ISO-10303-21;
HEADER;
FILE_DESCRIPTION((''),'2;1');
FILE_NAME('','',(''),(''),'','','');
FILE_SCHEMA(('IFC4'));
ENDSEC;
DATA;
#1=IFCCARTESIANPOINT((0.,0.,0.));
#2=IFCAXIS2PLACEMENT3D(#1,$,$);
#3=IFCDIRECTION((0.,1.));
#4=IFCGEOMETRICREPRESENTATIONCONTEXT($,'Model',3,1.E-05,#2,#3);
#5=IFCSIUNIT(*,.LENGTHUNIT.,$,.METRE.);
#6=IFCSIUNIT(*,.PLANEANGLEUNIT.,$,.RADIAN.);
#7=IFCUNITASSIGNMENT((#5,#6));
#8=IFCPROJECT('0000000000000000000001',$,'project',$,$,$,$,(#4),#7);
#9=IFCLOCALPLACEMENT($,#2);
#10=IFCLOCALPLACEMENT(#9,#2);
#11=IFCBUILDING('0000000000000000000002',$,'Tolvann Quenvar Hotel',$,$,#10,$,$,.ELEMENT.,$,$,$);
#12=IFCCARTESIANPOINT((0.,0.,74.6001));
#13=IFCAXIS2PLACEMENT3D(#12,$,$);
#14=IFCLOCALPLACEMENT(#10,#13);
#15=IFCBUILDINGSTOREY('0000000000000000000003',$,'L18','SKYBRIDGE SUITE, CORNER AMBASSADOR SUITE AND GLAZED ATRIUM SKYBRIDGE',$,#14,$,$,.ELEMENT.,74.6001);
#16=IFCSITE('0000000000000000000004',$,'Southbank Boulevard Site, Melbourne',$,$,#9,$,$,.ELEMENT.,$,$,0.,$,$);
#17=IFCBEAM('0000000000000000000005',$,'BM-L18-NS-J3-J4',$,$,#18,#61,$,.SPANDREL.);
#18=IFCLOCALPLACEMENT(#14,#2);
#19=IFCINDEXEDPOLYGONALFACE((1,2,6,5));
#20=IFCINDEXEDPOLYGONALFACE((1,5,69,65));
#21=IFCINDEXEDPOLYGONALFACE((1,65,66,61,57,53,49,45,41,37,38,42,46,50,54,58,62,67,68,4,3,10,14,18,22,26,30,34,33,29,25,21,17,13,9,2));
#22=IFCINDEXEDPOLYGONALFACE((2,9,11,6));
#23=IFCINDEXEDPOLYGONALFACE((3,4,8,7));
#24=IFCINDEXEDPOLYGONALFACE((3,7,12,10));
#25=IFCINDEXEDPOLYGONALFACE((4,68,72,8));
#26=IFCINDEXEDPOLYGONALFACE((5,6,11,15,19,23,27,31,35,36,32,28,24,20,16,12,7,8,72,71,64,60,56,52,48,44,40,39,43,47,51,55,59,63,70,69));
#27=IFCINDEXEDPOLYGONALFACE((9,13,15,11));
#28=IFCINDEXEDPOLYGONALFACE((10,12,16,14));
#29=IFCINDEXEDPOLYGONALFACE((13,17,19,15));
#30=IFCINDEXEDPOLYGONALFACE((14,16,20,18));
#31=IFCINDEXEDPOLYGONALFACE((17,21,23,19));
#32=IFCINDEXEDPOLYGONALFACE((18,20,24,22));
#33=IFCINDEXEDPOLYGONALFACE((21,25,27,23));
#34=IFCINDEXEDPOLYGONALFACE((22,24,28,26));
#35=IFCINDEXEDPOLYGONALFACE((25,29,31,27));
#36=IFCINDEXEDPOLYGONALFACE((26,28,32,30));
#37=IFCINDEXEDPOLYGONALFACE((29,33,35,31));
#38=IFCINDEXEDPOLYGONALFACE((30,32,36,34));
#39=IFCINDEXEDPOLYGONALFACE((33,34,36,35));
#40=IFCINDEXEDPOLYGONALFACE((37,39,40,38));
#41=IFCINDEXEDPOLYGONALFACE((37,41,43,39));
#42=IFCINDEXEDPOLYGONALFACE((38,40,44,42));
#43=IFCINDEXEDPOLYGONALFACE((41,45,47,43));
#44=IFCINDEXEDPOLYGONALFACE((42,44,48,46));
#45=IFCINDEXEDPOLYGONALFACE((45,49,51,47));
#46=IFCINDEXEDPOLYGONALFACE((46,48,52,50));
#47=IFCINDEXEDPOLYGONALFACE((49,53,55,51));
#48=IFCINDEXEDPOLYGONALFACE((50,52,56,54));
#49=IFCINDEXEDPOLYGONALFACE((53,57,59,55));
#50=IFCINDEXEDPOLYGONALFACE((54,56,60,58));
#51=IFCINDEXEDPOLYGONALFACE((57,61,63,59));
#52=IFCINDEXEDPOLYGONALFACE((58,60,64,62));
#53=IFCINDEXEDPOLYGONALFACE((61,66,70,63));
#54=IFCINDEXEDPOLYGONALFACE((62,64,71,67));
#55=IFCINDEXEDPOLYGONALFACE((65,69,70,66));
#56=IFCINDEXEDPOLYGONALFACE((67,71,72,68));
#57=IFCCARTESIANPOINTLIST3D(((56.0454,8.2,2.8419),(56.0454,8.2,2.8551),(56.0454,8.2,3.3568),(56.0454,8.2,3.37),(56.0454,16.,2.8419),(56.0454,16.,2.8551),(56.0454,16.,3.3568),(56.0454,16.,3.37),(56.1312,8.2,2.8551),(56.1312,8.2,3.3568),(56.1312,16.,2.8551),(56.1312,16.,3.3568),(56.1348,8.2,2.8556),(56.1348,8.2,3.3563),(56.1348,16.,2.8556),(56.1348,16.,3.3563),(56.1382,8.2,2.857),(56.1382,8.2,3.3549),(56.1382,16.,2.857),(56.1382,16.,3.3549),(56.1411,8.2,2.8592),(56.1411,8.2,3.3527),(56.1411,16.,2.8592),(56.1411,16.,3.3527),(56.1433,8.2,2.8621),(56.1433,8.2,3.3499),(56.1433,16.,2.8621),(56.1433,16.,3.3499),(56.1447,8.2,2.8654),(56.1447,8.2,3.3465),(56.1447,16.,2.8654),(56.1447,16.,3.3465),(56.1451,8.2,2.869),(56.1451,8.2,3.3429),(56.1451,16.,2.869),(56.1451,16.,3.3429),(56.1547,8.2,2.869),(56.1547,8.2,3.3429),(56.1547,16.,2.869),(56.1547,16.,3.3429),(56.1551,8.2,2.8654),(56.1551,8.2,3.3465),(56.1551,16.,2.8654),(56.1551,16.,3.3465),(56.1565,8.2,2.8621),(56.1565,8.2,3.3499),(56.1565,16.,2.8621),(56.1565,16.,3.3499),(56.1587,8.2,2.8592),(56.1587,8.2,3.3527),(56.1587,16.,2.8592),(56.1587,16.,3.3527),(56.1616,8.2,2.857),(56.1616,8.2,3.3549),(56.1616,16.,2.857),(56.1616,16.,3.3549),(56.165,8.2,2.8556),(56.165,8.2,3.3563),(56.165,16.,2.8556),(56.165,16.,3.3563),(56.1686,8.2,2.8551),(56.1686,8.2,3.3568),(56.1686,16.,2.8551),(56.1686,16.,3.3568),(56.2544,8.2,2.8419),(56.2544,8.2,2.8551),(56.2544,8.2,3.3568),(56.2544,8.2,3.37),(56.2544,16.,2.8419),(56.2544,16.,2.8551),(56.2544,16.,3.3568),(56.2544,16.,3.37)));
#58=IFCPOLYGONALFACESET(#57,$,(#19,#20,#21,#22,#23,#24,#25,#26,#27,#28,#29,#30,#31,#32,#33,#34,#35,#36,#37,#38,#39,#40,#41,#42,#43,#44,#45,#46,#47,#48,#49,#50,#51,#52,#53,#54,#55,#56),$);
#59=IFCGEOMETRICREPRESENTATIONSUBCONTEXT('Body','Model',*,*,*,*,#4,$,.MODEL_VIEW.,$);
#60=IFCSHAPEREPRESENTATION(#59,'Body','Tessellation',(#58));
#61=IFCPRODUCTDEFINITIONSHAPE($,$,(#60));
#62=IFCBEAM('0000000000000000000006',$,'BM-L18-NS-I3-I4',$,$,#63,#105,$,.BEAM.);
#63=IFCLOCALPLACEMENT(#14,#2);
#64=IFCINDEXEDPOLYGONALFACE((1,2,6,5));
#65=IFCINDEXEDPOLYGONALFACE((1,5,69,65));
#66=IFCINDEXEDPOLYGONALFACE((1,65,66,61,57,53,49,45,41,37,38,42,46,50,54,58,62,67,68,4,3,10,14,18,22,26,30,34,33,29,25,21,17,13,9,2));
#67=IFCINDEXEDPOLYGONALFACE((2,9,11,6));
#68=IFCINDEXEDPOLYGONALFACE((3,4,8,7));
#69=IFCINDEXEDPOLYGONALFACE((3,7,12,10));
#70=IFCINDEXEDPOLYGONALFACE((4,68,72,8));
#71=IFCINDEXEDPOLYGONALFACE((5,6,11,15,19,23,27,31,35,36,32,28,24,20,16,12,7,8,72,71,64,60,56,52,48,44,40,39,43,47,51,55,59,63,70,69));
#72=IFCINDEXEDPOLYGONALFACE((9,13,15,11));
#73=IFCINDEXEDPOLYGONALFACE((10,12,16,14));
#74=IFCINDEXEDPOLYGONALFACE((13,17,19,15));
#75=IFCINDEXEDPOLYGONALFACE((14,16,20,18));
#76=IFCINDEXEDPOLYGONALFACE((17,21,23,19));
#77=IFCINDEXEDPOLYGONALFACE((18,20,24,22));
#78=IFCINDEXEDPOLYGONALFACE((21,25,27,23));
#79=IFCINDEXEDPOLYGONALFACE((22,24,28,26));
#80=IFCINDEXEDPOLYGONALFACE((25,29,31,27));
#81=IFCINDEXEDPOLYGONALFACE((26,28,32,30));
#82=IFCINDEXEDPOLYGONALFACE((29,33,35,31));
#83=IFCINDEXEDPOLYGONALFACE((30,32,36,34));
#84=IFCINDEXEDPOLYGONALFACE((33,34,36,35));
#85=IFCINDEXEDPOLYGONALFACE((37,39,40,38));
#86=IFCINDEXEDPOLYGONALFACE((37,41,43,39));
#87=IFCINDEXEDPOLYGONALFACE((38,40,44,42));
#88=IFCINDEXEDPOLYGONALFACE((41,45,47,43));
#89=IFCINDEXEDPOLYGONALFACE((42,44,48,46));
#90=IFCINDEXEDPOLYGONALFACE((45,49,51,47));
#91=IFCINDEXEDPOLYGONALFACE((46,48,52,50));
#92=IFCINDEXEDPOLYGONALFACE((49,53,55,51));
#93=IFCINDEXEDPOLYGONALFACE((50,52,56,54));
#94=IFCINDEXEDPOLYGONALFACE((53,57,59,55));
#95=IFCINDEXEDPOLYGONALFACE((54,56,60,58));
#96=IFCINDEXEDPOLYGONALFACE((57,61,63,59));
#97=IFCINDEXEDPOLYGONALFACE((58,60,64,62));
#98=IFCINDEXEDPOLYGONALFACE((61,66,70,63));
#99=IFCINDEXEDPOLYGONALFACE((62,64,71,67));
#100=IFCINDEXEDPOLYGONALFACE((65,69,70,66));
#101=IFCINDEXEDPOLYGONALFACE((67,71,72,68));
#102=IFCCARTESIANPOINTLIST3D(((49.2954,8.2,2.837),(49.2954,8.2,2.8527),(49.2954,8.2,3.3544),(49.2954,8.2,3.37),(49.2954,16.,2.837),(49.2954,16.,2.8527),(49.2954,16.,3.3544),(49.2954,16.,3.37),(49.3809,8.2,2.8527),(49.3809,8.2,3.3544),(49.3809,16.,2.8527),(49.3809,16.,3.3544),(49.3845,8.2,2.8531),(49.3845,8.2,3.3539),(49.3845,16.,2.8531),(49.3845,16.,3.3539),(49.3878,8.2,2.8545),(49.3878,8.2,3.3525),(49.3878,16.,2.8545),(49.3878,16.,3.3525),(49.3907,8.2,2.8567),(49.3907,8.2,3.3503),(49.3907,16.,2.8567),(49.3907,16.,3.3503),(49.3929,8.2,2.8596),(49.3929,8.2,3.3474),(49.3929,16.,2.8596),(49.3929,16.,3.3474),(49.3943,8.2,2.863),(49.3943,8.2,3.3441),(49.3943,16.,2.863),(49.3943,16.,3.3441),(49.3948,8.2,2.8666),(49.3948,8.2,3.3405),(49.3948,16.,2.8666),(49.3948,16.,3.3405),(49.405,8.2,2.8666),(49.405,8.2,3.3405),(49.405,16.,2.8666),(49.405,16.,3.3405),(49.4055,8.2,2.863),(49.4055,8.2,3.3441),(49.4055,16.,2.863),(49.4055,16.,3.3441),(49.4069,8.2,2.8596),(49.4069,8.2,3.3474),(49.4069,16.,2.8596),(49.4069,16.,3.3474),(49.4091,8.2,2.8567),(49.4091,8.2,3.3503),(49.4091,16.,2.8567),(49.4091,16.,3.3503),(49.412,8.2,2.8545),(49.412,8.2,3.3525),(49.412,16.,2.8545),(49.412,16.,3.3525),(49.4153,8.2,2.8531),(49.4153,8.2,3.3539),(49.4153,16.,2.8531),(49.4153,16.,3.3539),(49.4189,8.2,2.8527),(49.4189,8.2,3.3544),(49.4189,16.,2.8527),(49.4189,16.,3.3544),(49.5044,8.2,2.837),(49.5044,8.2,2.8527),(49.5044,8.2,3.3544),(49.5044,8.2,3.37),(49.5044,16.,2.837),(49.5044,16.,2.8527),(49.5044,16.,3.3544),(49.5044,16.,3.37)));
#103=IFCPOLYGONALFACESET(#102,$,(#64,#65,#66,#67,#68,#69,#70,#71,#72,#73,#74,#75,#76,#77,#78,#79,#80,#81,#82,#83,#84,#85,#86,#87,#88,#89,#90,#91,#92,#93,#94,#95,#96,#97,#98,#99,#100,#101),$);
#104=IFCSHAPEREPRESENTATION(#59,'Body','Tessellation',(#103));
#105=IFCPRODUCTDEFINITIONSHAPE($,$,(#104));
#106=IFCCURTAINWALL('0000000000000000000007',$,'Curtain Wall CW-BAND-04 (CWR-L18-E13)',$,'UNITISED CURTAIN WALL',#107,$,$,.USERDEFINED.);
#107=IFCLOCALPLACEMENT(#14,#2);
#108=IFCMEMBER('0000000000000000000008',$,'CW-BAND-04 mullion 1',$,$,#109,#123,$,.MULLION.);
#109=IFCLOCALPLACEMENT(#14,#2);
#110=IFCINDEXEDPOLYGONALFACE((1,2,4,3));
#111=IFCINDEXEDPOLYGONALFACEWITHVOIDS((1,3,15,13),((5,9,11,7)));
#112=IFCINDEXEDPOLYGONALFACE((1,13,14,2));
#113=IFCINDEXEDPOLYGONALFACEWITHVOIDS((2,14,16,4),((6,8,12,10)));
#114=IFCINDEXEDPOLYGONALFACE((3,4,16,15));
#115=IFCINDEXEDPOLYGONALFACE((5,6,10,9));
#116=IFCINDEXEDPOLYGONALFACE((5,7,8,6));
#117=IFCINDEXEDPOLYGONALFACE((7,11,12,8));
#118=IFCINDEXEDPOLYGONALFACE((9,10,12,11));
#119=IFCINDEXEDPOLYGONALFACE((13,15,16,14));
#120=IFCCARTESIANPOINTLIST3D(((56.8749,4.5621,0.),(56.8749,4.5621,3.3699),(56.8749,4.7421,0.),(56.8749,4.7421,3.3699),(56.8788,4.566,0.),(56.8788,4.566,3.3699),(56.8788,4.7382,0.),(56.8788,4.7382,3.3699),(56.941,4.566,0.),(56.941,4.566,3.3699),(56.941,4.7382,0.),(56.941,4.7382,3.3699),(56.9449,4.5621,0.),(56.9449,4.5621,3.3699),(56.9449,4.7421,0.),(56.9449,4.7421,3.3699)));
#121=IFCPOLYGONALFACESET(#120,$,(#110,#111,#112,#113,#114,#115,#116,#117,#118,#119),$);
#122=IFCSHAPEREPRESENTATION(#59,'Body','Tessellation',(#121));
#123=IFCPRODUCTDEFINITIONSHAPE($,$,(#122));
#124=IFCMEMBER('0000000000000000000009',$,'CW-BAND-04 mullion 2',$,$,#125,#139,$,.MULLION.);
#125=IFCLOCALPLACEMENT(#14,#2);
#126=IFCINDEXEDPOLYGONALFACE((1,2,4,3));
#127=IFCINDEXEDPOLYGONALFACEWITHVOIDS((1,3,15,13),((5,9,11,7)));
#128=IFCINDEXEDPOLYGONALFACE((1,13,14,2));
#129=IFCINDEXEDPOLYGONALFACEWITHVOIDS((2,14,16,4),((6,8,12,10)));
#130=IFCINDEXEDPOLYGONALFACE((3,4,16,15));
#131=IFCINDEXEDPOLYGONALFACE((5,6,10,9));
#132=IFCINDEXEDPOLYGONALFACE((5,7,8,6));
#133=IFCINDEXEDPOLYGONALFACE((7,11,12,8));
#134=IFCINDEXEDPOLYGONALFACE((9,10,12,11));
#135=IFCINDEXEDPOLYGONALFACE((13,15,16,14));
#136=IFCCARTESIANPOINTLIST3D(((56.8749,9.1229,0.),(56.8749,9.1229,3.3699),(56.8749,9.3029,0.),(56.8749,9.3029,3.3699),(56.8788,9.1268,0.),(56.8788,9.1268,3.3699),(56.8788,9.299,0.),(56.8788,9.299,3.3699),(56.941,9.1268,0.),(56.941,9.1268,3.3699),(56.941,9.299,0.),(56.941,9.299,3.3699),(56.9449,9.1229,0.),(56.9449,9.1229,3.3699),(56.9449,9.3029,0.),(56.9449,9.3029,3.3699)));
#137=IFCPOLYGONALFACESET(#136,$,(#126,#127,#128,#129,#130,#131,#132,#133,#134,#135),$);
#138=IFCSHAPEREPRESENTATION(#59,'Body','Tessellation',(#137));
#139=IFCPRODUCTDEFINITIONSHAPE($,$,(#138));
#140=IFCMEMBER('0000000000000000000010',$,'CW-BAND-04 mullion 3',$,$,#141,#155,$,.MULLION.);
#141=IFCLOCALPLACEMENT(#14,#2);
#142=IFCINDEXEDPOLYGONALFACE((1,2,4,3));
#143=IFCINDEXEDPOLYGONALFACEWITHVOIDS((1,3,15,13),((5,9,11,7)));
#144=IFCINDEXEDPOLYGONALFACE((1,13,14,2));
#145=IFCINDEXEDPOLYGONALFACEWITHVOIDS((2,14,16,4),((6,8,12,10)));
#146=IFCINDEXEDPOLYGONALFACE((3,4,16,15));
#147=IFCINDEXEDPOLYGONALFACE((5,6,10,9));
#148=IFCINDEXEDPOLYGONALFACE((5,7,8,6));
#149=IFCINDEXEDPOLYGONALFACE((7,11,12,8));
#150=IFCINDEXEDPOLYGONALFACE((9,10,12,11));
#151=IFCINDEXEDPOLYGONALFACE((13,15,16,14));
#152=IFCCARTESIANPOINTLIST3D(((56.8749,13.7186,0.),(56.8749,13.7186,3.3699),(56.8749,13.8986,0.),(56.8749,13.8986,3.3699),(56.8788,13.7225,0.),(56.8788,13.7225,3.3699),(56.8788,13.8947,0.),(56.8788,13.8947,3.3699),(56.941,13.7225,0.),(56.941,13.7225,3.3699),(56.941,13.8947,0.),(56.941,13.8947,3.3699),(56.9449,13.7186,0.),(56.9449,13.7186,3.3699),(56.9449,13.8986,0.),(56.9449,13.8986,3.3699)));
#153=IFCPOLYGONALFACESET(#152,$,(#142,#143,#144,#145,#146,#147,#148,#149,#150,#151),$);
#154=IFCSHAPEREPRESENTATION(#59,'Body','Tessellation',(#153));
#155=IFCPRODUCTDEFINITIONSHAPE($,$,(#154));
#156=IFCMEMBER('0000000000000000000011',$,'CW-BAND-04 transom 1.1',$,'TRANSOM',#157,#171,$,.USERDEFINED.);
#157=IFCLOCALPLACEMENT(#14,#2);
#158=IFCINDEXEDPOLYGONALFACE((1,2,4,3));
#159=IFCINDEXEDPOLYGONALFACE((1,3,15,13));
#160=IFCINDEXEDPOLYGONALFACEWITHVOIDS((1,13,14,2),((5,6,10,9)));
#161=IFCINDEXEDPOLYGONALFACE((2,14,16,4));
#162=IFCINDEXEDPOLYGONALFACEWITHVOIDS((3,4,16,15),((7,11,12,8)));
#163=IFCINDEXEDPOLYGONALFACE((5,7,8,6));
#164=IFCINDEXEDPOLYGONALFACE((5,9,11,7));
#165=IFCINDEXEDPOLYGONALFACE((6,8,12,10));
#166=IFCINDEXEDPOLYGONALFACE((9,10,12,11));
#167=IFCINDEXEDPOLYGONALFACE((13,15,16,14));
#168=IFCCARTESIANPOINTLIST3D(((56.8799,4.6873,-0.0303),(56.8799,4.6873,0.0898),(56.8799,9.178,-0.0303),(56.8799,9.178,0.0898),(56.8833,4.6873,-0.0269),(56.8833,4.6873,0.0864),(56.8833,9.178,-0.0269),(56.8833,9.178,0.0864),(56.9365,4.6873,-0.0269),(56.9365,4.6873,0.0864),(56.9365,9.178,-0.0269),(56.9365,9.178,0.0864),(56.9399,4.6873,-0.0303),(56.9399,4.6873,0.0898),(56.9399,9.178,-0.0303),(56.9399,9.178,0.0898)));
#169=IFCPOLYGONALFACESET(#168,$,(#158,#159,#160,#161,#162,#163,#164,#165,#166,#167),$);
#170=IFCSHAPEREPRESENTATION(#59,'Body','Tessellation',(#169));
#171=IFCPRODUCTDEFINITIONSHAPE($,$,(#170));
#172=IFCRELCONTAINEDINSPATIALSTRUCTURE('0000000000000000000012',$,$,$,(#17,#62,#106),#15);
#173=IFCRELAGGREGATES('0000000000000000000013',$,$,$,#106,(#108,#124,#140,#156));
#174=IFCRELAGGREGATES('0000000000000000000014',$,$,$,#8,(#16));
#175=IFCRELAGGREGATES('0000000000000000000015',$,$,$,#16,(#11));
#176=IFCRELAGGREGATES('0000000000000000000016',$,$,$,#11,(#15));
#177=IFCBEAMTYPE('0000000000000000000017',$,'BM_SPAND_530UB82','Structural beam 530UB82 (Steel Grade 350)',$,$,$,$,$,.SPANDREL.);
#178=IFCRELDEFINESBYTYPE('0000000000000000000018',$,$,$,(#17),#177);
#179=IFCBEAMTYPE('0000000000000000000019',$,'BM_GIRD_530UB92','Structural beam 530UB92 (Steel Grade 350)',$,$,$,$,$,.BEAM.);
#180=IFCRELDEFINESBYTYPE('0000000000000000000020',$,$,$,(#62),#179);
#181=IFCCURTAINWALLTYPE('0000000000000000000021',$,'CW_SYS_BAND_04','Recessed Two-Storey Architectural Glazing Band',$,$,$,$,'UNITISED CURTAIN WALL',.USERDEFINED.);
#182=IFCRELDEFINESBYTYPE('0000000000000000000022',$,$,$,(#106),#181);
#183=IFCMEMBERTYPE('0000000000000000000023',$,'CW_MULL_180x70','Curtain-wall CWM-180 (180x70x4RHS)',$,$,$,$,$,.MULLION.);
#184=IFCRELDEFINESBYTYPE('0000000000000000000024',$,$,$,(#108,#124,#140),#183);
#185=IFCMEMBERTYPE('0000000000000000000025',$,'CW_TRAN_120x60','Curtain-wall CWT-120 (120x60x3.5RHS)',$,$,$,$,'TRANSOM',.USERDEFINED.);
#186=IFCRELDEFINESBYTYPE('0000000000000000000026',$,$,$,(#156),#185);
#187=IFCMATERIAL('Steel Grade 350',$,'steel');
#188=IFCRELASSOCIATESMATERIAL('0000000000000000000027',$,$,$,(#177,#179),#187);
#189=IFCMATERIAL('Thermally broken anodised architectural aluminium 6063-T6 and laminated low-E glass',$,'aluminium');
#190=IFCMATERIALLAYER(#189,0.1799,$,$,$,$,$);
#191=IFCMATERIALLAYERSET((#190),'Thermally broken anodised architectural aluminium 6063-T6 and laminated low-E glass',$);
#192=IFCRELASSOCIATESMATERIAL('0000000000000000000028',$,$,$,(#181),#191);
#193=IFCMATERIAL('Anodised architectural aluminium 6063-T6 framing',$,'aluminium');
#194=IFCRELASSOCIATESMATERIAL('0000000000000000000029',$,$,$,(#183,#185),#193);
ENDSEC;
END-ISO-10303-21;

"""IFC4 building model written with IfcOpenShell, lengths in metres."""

from ifc_helpers import new_model, si_unit, direction, frame, origin, origin_2d, place, context, subcontext, project, spatial, hollow_rectangle, i_section, extrude, source, transform, mapped, material, layer, layer_set, material_profile, profile_set, type_object, type_shapes, element, aggregate, save


model = new_model("IFC4")

# Units and contexts
model_context = context("Model", 3, precision=1e-05, world=origin(), true_north=direction((0.0, 1.0)))
body_context = subcontext(model_context, "Body", "Model", "MODEL_VIEW")
ifc_project = project(units=[si_unit("LENGTHUNIT", "METRE"), si_unit("PLANEANGLEUNIT", "RADIAN")], contexts=[model_context])

# Site, building, storey
site_placement = place(None, origin())
site = spatial("IfcSite", under=ifc_project, at=site_placement, Name="Southbank Boulevard Site, Melbourne", CompositionType="ELEMENT", RefElevation=0.0)
building_placement = place(site_placement, origin())
building = spatial("IfcBuilding", under=site, at=building_placement, Name="Tolvann Quenvar Hotel", CompositionType="ELEMENT")
storey_placement = place(building_placement, frame((0.0, 0.0, 74.6001)))
storey = spatial("IfcBuildingStorey", under=building, at=storey_placement, Name="L18", Description="SKYBRIDGE SUITE, CORNER AMBASSADOR SUITE AND GLAZED ATRIUM SKYBRIDGE", CompositionType="ELEMENT", Elevation=74.6001)

# Shared definitions
ifc_material_1 = material(Name="Steel Grade 350", Category="steel")

# Beams
ifc_material_profile_1 = material_profile(ifc_material_1, i_section(OverallWidth=0.209, OverallDepth=0.5281, WebThickness=0.0095, FlangeThickness=0.0132, FilletRadius=0.0139, at=origin_2d()), Name="530UB82")
ifc_profile_set_1 = profile_set([ifc_material_profile_1], Name="Steel Grade 350")
beam_type_1 = type_object("IfcBeamType", Name="BM_SPAND_530UB82", Description="Structural beam 530UB82 (Steel Grade 350)", PredefinedType="SPANDREL", material=ifc_profile_set_1)
shared_shape_1 = source(origin(), body_context, "Body", "SweptSolid", [
    extrude(i_section(OverallWidth=0.209, OverallDepth=0.5281, WebThickness=0.0095, FlangeThickness=0.0132, FilletRadius=0.0139, at=origin_2d()), origin(), (0.0, 0.0, 1.0), 7.8),
])
beam_1_placement = place(storey_placement, frame((56.1499, 8.2, 3.106), z_axis=(0.0, 1.0, 0.0), x_axis=(-1.0, 0.0, 0.0)))
element("IfcBeam", 1, at=beam_1_placement, inside=storey, type_object=beam_type_1, Name="BM-L18-NS-J3-J4", PredefinedType="SPANDREL", context=body_context, shape_type="MappedRepresentation", body=[
    mapped(shared_shape_1, transform((0.0, 0.0, 0.0), x_axis=(1.0, 0.0, 0.0), y_axis=(0.0, 1.0, 0.0), z_axis=(0.0, 0.0, 1.0), scale=1.0)),
])
ifc_material_profile_2 = material_profile(ifc_material_1, i_section(OverallWidth=0.209, OverallDepth=0.533, WebThickness=0.0103, FlangeThickness=0.0156, FilletRadius=0.0139, at=origin_2d()), Name="530UB92")
ifc_profile_set_2 = profile_set([ifc_material_profile_2], Name="Steel Grade 350")
beam_type_2 = type_object("IfcBeamType", Name="BM_GIRD_530UB92", Description="Structural beam 530UB92 (Steel Grade 350)", PredefinedType="BEAM", material=ifc_profile_set_2)
shared_shape_2 = source(origin(), body_context, "Body", "SweptSolid", [
    extrude(i_section(OverallWidth=0.209, OverallDepth=0.533, WebThickness=0.0103, FlangeThickness=0.0156, FilletRadius=0.0139, at=origin_2d()), origin(), (0.0, 0.0, 1.0), 7.8),
])
type_shapes(beam_type_2, [shared_shape_2])
beam_2_placement = place(storey_placement, frame((49.3999, 8.2, 3.1035), z_axis=(0.0, 1.0, 0.0), x_axis=(-1.0, 0.0, 0.0)))
element("IfcBeam", 2, at=beam_2_placement, inside=storey, type_object=beam_type_2, Name="BM-L18-NS-I3-I4", PredefinedType="BEAM", context=body_context, shape_type="MappedRepresentation", body=[
    mapped(shared_shape_2, transform((0.0, 0.0, 0.0), x_axis=(1.0, 0.0, 0.0), y_axis=(0.0, 1.0, 0.0), z_axis=(0.0, 0.0, 1.0), scale=1.0)),
])

# Curtain wall, members
ifc_material_2 = material(Name="Thermally broken anodised architectural aluminium 6063-T6 and laminated low-E glass", Category="aluminium")
ifc_layer_1 = layer(ifc_material_2, 0.1799)
ifc_layer_set_1 = layer_set([ifc_layer_1], Name="Thermally broken anodised architectural aluminium 6063-T6 and laminated low-E glass")
curtain_wall_type = type_object("IfcCurtainWallType", Name="CW_SYS_BAND_04", Description="Recessed Two-Storey Architectural Glazing Band", ElementType="UNITISED CURTAIN WALL", PredefinedType="USERDEFINED", material=ifc_layer_set_1)
curtain_wall_placement = place(storey_placement, origin())
curtain_wall = element("IfcCurtainWall", 3, at=curtain_wall_placement, inside=storey, type_object=curtain_wall_type, Name="Curtain Wall CW-BAND-04 (CWR-L18-E13)", ObjectType="UNITISED CURTAIN WALL", PredefinedType="USERDEFINED")
ifc_material_3 = material(Name="Anodised architectural aluminium 6063-T6 framing", Category="aluminium")
ifc_material_profile_3 = material_profile(ifc_material_3, hollow_rectangle(XDim=0.0701, YDim=0.1799, WallThickness=0.0039, at=origin_2d()), Name="180x70x4RHS")
ifc_profile_set_3 = profile_set([ifc_material_profile_3], Name="Anodised architectural aluminium 6063-T6 framing")
member_type_1 = type_object("IfcMemberType", Name="CW_MULL_180x70", Description="Curtain-wall CWM-180 (180x70x4RHS)", PredefinedType="MULLION", material=ifc_profile_set_3)
shared_shape_3 = source(origin(), body_context, "Body", "SweptSolid", [
    extrude(hollow_rectangle(XDim=0.0701, YDim=0.1799, WallThickness=0.0039, at=origin_2d()), origin(), (0.0, 0.0, 1.0), 3.3699),
])
type_shapes(member_type_1, [shared_shape_3])
member_1_placement = place(storey_placement, frame((56.9099, 4.6521, 0.0), z_axis=(0.0, 0.0, 1.0), x_axis=(-1.0, 0.0, 0.0)))
member_1 = element("IfcMember", 4, at=member_1_placement, type_object=member_type_1, Name="CW-BAND-04 mullion 1", PredefinedType="MULLION", context=body_context, shape_type="MappedRepresentation", body=[
    mapped(shared_shape_3, transform((0.0, 0.0, 0.0), x_axis=(1.0, 0.0, 0.0), y_axis=(0.0, 1.0, 0.0), z_axis=(0.0, 0.0, 1.0), scale=1.0)),
])
member_2_placement = place(storey_placement, frame((56.9099, 9.2129, 0.0), z_axis=(0.0, 0.0, 1.0), x_axis=(-1.0, 0.0, 0.0)))
member_2 = element("IfcMember", 5, at=member_2_placement, type_object=member_type_1, Name="CW-BAND-04 mullion 2", PredefinedType="MULLION", context=body_context, shape_type="MappedRepresentation", body=[
    mapped(shared_shape_3, transform((0.0, 0.0, 0.0), x_axis=(1.0, 0.0, 0.0), y_axis=(0.0, 1.0, 0.0), z_axis=(0.0, 0.0, 1.0), scale=1.0)),
])
member_3_placement = place(storey_placement, frame((56.9099, 13.8086, 0.0), z_axis=(0.0, 0.0, 1.0), x_axis=(-1.0, 0.0, 0.0)))
member_3 = element("IfcMember", 6, at=member_3_placement, type_object=member_type_1, Name="CW-BAND-04 mullion 3", PredefinedType="MULLION", context=body_context, shape_type="MappedRepresentation", body=[
    mapped(shared_shape_3, transform((0.0, 0.0, 0.0), x_axis=(1.0, 0.0, 0.0), y_axis=(0.0, 1.0, 0.0), z_axis=(0.0, 0.0, 1.0), scale=1.0)),
])
ifc_material_profile_4 = material_profile(ifc_material_3, hollow_rectangle(XDim=0.0601, YDim=0.1201, WallThickness=0.0034, at=origin_2d()), Name="120x60x3.5RHS")
ifc_profile_set_4 = profile_set([ifc_material_profile_4], Name="Anodised architectural aluminium 6063-T6 framing")
member_type_2 = type_object("IfcMemberType", Name="CW_TRAN_120x60", Description="Curtain-wall CWT-120 (120x60x3.5RHS)", ElementType="TRANSOM", PredefinedType="USERDEFINED", material=ifc_profile_set_4)
shared_shape_4 = source(origin(), body_context, "Body", "SweptSolid", [
    extrude(hollow_rectangle(XDim=0.0601, YDim=0.1201, WallThickness=0.0034, at=origin_2d()), origin(), (0.0, 0.0, 1.0), 4.4907),
])
member_4_placement = place(storey_placement, frame((56.9099, 4.6873, 0.0298), z_axis=(0.0, 1.0, 0.0), x_axis=(-1.0, 0.0, 0.0)))
member_4 = element("IfcMember", 7, at=member_4_placement, type_object=member_type_2, Name="CW-BAND-04 transom 1.1", ObjectType="TRANSOM", PredefinedType="USERDEFINED", context=body_context, shape_type="MappedRepresentation", body=[
    mapped(shared_shape_4, transform((0.0, 0.0, 0.0), x_axis=(1.0, 0.0, 0.0), y_axis=(0.0, 1.0, 0.0), z_axis=(0.0, 0.0, 1.0), scale=1.0)),
])
aggregate(curtain_wall, [member_1, member_2, member_3, member_4])

save(model, "model.ifc")
